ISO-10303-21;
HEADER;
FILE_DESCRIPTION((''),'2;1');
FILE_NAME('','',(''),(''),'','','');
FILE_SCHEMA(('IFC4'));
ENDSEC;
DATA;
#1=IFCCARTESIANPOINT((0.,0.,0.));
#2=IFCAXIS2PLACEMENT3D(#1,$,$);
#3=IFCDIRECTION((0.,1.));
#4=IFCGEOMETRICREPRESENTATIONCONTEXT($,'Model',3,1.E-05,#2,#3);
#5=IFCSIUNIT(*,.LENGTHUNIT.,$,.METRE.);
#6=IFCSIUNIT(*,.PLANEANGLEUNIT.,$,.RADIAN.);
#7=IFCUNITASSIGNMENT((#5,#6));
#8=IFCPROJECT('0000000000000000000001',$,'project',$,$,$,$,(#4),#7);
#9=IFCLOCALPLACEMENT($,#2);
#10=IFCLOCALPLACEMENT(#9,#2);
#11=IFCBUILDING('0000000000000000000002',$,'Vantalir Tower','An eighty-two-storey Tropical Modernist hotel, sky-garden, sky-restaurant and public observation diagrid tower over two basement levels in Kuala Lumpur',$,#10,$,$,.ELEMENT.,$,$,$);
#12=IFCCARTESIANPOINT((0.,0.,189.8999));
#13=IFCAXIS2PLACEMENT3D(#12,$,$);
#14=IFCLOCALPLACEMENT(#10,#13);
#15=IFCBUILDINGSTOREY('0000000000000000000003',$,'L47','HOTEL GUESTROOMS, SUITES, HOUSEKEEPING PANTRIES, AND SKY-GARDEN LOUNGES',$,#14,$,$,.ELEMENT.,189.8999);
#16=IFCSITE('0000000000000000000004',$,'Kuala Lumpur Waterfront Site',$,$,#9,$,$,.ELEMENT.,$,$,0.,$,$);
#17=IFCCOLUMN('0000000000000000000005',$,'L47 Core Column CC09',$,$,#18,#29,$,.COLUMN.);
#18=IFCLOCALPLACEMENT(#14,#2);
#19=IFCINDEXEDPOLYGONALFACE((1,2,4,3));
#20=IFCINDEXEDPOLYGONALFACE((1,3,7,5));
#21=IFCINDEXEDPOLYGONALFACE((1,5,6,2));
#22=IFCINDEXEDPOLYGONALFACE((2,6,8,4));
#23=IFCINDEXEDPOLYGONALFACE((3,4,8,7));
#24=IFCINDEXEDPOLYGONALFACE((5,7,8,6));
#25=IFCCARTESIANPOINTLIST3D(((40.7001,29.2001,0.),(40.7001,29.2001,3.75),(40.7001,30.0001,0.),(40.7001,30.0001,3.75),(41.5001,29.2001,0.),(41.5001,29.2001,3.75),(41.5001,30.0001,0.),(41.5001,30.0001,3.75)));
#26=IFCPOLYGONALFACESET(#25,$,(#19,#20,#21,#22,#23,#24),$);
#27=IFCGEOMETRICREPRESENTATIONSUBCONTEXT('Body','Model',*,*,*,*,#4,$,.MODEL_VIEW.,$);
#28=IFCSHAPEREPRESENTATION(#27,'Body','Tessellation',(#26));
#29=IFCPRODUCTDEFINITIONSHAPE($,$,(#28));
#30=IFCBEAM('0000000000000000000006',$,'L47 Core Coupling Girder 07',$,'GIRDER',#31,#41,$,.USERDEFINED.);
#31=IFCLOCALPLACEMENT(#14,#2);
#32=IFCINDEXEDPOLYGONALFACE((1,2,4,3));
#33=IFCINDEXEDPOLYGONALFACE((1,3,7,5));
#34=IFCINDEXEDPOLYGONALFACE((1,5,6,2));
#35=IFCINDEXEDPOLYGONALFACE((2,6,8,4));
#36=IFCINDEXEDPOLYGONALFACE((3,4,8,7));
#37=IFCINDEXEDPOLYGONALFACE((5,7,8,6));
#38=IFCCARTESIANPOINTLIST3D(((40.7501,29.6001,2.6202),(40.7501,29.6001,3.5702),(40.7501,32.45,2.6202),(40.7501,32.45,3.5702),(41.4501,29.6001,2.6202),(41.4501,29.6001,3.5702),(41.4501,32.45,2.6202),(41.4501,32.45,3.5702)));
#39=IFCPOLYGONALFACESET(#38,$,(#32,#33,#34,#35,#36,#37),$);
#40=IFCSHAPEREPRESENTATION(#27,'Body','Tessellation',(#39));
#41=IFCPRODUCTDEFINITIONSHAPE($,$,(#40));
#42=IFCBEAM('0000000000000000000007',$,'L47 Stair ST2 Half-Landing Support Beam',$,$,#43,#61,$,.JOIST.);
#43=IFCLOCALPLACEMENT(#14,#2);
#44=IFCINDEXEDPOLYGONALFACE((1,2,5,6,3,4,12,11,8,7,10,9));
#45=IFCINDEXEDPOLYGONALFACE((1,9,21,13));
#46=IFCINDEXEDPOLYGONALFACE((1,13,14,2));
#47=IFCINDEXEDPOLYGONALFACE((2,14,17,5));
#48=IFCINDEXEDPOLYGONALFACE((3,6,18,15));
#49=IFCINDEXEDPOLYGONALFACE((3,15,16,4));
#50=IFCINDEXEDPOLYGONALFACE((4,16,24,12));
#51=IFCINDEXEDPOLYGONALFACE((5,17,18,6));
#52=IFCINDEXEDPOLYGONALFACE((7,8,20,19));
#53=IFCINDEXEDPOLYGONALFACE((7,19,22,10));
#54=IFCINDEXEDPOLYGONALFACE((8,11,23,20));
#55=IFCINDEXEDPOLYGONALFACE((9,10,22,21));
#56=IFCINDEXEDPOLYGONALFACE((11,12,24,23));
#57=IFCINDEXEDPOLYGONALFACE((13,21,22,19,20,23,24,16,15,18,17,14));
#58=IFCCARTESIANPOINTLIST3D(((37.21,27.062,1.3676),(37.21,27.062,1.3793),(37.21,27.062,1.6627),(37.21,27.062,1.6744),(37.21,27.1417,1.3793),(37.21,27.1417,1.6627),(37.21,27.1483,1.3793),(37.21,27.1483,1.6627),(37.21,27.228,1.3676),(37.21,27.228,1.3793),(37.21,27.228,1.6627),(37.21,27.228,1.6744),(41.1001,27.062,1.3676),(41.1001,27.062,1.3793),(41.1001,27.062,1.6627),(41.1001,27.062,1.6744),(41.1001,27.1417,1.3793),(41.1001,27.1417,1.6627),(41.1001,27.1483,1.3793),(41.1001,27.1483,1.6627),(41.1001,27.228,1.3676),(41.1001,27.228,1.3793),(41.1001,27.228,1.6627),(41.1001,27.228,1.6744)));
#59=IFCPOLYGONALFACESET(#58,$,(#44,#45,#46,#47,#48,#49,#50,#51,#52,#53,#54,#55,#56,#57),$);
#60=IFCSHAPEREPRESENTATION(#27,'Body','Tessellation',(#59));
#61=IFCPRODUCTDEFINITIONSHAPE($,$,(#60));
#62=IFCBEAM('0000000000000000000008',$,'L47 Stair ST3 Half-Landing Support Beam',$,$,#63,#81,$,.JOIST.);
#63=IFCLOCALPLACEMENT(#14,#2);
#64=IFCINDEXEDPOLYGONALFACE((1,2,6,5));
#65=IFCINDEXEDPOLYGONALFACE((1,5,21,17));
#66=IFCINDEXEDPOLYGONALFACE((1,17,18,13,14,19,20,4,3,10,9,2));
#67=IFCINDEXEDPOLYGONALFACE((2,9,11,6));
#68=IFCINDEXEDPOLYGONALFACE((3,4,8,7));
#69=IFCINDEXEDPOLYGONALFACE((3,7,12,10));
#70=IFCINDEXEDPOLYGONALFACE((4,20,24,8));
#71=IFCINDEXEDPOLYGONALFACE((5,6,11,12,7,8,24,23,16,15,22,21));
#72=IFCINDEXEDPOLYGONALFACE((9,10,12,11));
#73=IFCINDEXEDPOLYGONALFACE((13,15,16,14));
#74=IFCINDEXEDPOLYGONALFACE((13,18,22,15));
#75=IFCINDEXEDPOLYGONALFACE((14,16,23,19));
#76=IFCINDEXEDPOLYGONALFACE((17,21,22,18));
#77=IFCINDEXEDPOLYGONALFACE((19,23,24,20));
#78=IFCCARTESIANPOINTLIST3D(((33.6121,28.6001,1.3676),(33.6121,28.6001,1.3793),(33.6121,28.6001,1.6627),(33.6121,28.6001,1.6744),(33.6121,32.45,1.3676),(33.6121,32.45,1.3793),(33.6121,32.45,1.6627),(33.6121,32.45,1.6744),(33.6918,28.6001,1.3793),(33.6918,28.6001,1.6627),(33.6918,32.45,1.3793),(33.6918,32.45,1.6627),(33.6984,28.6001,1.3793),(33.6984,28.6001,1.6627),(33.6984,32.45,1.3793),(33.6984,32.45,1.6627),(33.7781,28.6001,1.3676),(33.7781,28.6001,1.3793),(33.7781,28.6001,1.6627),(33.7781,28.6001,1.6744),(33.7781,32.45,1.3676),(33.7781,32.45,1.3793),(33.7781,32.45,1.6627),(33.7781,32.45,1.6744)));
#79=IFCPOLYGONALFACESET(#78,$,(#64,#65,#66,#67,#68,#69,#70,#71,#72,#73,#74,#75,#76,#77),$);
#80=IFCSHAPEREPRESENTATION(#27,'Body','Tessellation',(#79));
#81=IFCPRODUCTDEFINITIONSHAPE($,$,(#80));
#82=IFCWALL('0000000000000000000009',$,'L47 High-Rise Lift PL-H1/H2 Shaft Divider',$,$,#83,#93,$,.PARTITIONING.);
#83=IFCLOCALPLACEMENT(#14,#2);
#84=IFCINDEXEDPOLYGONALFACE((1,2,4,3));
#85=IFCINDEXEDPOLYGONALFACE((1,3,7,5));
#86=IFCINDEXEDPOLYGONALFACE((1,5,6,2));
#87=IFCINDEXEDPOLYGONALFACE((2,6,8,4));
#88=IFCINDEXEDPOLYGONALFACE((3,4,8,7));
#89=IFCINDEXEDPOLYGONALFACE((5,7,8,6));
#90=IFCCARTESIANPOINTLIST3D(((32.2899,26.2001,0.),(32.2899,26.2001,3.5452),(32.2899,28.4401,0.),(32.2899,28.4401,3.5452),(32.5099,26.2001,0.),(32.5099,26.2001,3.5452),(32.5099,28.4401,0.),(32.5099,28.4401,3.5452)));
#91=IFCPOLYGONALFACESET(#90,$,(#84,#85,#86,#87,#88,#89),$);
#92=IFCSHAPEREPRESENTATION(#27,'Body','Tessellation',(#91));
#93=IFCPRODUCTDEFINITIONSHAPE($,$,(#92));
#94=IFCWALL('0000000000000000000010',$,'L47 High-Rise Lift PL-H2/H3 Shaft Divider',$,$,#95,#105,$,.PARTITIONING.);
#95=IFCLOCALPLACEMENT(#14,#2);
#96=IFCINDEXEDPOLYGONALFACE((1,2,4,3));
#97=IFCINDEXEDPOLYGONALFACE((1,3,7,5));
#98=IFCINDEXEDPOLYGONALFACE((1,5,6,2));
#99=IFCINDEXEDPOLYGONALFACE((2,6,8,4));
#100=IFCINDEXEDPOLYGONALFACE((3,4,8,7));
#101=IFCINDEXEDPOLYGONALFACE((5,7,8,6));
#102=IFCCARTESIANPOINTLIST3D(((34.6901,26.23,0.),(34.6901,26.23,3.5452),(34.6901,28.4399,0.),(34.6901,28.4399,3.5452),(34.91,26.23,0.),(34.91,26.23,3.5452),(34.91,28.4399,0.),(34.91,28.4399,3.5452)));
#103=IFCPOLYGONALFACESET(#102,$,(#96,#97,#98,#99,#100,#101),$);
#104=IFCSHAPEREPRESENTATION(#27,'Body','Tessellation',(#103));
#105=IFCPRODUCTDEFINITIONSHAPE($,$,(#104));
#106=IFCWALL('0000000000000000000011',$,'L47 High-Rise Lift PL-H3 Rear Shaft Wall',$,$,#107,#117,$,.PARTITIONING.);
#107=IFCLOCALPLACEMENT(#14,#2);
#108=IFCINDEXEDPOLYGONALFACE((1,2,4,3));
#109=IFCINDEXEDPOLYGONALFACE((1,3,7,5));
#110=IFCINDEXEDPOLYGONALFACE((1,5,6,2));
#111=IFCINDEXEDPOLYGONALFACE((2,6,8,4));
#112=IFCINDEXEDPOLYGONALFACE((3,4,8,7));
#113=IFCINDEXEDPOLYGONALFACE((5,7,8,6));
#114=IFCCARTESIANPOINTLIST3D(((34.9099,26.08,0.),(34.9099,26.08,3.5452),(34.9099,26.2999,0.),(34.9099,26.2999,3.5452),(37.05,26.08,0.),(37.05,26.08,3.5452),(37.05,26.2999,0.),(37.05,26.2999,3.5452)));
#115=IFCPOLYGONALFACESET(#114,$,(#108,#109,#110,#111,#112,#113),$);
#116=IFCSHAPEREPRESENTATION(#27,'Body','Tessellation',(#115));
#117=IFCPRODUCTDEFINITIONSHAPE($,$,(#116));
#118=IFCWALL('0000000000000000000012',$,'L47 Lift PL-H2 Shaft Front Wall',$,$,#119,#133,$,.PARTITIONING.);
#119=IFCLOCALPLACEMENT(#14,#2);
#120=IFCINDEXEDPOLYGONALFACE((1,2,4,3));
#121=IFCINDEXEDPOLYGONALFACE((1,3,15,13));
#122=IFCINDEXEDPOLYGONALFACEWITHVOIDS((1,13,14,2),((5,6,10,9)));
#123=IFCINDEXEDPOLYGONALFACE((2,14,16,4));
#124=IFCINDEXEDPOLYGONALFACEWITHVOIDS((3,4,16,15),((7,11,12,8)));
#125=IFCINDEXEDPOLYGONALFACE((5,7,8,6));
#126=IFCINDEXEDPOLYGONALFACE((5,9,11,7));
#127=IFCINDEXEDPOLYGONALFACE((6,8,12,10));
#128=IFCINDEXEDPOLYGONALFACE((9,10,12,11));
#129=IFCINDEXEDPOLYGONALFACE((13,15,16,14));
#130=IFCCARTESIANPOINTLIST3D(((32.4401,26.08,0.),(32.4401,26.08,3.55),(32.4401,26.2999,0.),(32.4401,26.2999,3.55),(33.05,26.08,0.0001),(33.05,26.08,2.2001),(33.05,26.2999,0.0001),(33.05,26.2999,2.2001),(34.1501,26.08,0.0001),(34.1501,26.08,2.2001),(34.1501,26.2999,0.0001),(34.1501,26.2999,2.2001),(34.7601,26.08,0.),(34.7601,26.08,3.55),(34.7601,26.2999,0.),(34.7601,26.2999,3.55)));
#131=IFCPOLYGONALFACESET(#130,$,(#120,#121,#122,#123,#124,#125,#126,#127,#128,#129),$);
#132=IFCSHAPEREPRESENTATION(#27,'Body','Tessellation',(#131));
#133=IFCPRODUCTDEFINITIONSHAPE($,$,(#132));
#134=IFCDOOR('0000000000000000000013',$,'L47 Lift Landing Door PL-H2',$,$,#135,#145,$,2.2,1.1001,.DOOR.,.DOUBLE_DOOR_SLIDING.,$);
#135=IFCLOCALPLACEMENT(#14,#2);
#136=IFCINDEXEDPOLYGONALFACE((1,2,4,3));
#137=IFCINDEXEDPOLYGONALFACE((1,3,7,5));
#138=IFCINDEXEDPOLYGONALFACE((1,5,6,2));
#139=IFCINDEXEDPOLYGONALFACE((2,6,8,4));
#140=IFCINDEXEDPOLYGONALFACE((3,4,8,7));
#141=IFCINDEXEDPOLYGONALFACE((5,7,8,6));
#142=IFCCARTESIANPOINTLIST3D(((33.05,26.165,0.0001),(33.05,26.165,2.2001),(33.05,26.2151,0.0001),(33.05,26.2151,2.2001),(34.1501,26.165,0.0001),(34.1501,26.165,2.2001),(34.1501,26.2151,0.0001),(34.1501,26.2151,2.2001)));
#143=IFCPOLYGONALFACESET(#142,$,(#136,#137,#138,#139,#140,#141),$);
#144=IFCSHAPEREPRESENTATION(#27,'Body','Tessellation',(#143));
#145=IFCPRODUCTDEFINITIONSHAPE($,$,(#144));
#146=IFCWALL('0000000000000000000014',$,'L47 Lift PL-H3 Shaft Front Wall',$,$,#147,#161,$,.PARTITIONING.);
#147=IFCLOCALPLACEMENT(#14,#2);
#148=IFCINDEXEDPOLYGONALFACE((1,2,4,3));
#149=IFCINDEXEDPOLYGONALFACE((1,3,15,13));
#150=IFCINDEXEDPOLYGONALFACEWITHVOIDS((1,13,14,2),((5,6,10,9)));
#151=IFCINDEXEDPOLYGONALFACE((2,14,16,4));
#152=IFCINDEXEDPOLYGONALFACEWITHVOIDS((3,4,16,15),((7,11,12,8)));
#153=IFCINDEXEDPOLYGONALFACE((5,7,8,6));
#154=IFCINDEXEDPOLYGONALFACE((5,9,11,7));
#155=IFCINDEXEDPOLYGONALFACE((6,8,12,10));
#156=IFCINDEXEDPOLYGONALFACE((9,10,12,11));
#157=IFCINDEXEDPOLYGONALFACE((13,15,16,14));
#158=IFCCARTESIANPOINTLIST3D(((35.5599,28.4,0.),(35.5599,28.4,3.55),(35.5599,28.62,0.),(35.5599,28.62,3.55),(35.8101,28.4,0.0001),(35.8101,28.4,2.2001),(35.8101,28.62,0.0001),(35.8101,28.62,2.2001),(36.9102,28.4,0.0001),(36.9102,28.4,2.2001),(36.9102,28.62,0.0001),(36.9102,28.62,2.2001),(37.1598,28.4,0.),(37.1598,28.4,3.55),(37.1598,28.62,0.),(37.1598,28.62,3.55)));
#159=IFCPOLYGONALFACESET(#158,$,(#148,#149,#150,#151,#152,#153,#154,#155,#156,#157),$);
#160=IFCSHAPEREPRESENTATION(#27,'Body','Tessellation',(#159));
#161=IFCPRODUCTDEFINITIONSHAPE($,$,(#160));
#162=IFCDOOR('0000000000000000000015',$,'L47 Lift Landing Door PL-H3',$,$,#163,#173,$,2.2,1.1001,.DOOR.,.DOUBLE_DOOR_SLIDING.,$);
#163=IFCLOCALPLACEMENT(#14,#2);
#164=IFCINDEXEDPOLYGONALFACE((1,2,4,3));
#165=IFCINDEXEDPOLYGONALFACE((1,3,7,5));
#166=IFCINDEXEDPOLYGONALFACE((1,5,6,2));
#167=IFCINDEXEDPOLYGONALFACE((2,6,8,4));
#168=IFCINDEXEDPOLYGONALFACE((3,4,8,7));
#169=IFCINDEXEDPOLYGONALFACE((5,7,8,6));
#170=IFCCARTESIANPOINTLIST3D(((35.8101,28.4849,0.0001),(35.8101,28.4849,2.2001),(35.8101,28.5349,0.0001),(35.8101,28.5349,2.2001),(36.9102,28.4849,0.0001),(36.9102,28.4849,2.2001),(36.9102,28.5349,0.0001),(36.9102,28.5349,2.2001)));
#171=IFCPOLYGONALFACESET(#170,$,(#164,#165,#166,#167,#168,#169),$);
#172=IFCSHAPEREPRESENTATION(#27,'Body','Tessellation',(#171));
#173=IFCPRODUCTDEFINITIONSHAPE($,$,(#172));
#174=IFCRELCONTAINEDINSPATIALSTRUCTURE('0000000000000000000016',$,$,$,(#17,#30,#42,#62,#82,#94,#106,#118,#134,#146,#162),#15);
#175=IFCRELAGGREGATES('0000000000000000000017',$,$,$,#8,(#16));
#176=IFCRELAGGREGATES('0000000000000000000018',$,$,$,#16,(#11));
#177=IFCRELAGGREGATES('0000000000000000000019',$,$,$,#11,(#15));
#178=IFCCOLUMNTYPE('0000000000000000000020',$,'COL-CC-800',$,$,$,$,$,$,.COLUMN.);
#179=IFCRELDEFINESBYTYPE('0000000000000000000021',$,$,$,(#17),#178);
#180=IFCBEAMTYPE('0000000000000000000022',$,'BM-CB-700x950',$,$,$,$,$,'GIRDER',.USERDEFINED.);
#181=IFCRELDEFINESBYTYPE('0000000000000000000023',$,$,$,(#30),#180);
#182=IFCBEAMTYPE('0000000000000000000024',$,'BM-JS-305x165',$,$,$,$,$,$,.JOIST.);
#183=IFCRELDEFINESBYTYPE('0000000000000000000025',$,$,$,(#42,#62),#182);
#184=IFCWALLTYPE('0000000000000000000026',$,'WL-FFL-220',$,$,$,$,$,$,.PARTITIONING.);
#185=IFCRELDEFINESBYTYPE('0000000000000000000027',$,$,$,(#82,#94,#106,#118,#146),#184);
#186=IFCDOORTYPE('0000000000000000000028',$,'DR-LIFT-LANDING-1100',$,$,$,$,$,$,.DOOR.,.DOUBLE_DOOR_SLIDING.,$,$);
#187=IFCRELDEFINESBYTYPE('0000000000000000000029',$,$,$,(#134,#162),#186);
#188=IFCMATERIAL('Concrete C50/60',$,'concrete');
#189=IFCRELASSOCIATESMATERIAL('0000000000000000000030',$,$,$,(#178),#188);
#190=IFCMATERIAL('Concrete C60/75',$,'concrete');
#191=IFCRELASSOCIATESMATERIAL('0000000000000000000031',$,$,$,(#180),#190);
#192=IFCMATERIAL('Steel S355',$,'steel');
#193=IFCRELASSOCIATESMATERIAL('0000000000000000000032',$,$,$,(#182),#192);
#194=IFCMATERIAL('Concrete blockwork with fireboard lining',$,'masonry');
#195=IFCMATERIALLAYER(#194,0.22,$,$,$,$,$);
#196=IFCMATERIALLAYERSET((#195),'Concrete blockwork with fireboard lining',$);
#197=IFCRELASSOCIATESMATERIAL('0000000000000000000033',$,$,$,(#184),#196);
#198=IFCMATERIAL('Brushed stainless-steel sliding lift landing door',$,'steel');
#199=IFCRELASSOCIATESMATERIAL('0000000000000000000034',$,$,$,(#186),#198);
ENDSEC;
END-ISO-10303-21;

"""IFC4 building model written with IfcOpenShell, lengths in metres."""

from ifc_helpers import new_model, si_unit, direction, frame, frame_2d, origin, origin_2d, place, context, subcontext, project, spatial, rectangle, i_section, extrude, material, layer, layer_set, material_profile, profile_set, type_object, element, fill, save


model = new_model("IFC4")

# Units and contexts
model_context = context("Model", 3, precision=1e-05, world=origin(), true_north=direction((0.0, 1.0)))
body_context = subcontext(model_context, "Body", "Model", "MODEL_VIEW")
ifc_project = project(units=[si_unit("LENGTHUNIT", "METRE"), si_unit("PLANEANGLEUNIT", "RADIAN")], contexts=[model_context])

# Site, building, storey
site_placement = place(None, origin())
site = spatial("IfcSite", under=ifc_project, at=site_placement, Name="Kuala Lumpur Waterfront Site", CompositionType="ELEMENT", RefElevation=0.0)
building_placement = place(site_placement, origin())
building = spatial("IfcBuilding", under=site, at=building_placement, Name="Vantalir Tower", Description="An eighty-two-storey Tropical Modernist hotel, sky-garden, sky-restaurant and public observation diagrid tower over two basement levels in Kuala Lumpur", CompositionType="ELEMENT")
storey_placement = place(building_placement, frame((0.0, 0.0, 189.8999)))
storey = spatial("IfcBuildingStorey", under=building, at=storey_placement, Name="L47", Description="HOTEL GUESTROOMS, SUITES, HOUSEKEEPING PANTRIES, AND SKY-GARDEN LOUNGES", CompositionType="ELEMENT", Elevation=189.8999)

# Column
ifc_material_1 = material(Name="Concrete C50/60", Category="concrete")
ifc_material_profile_1 = material_profile(ifc_material_1, rectangle(XDim=0.8, YDim=0.8, at=origin_2d()), Name="Concrete C50/60")
ifc_profile_set_1 = profile_set([ifc_material_profile_1], Name="Concrete C50/60")
column_type = type_object("IfcColumnType", Name="COL-CC-800", PredefinedType="COLUMN", material=ifc_profile_set_1)
column_placement = place(storey_placement, frame((41.1001, 29.6001, 0.0), z_axis=(0.0, 0.0, 1.0), x_axis=(1.0, 0.0, 0.0)))
element("IfcColumn", 1, at=column_placement, inside=storey, type_object=column_type, Name="L47 Core Column CC09", PredefinedType="COLUMN", context=body_context, shape_type="SweptSolid", body=[
    extrude(rectangle(XDim=0.8, YDim=0.8, at=origin_2d()), origin(), (0.0, 0.0, 1.0), 3.75),
])

# Beams
ifc_material_2 = material(Name="Concrete C60/75", Category="concrete")
ifc_material_profile_2 = material_profile(ifc_material_2, rectangle(XDim=0.7, YDim=0.95, at=origin_2d()), Name="Concrete C60/75")
ifc_profile_set_2 = profile_set([ifc_material_profile_2], Name="Concrete C60/75")
beam_type_1 = type_object("IfcBeamType", Name="BM-CB-700x950", ElementType="GIRDER", PredefinedType="USERDEFINED", material=ifc_profile_set_2)
beam_1_placement = place(storey_placement, frame((41.1001, 29.6001, 3.0952), z_axis=(0.0, 1.0, 0.0), x_axis=(-1.0, 0.0, 0.0)))
element("IfcBeam", 2, at=beam_1_placement, inside=storey, type_object=beam_type_1, Name="L47 Core Coupling Girder 07", ObjectType="GIRDER", PredefinedType="USERDEFINED", context=body_context, shape_type="SweptSolid", body=[
    extrude(rectangle(XDim=0.7, YDim=0.95, at=origin_2d()), origin(), (0.0, 0.0, 1.0), 2.8499),
])
ifc_material_3 = material(Name="Steel S355", Category="steel")
ifc_material_profile_3 = material_profile(ifc_material_3, i_section(OverallWidth=0.166, OverallDepth=0.3069, WebThickness=0.0066, FlangeThickness=0.0117, at=origin_2d()), Name="Steel S355")
ifc_profile_set_3 = profile_set([ifc_material_profile_3], Name="Steel S355")
beam_type_2 = type_object("IfcBeamType", Name="BM-JS-305x165", PredefinedType="JOIST", material=ifc_profile_set_3)
beam_2_placement = place(storey_placement, frame((37.21, 27.145, 1.521), z_axis=(1.0, 0.0, 0.0), x_axis=(0.0, 1.0, 0.0)))
element("IfcBeam", 3, at=beam_2_placement, inside=storey, type_object=beam_type_2, Name="L47 Stair ST2 Half-Landing Support Beam", PredefinedType="JOIST", context=body_context, shape_type="SweptSolid", body=[
    extrude(i_section(OverallWidth=0.166, OverallDepth=0.3069, WebThickness=0.0066, FlangeThickness=0.0117, at=origin_2d()), origin(), (0.0, 0.0, 1.0), 3.8901),
])
beam_3_placement = place(storey_placement, frame((33.6951, 28.6001, 1.521), z_axis=(0.0, 1.0, 0.0), x_axis=(-1.0, 0.0, 0.0)))
element("IfcBeam", 4, at=beam_3_placement, inside=storey, type_object=beam_type_2, Name="L47 Stair ST3 Half-Landing Support Beam", PredefinedType="JOIST", context=body_context, shape_type="SweptSolid", body=[
    extrude(i_section(OverallWidth=0.166, OverallDepth=0.3069, WebThickness=0.0066, FlangeThickness=0.0117, at=origin_2d()), origin(), (0.0, 0.0, 1.0), 3.8499),
])

# Walls
ifc_material_4 = material(Name="Concrete blockwork with fireboard lining", Category="masonry")
ifc_layer_1 = layer(ifc_material_4, 0.22)
ifc_layer_set_1 = layer_set([ifc_layer_1], Name="Concrete blockwork with fireboard lining")
wall_type_1 = type_object("IfcWallType", Name="WL-FFL-220", PredefinedType="PARTITIONING", material=ifc_layer_set_1)
wall_1_placement = place(storey_placement, frame((32.3999, 26.2, 0.0), z_axis=(0.0, 0.0, 1.0), x_axis=(0.0, 1.0, 0.0)))
element("IfcWall", 5, at=wall_1_placement, inside=storey, type_object=wall_type_1, Name="L47 High-Rise Lift PL-H1/H2 Shaft Divider", PredefinedType="PARTITIONING", context=body_context, shape_type="SweptSolid", body=[
    extrude(rectangle(XDim=2.24, YDim=0.22, at=frame_2d((1.1201, 0.0))), origin(), (0.0, 0.0, 1.0), 3.5452),
])
wall_2_placement = place(storey_placement, frame((34.8, 26.23, 0.0), z_axis=(0.0, 0.0, 1.0), x_axis=(0.0, 1.0, 0.0)))
element("IfcWall", 6, at=wall_2_placement, inside=storey, type_object=wall_type_1, Name="L47 High-Rise Lift PL-H2/H3 Shaft Divider", PredefinedType="PARTITIONING", context=body_context, shape_type="SweptSolid", body=[
    extrude(rectangle(XDim=2.21, YDim=0.22, at=frame_2d((1.105, 0.0))), origin(), (0.0, 0.0, 1.0), 3.5452),
])
wall_3_placement = place(storey_placement, frame((34.9099, 26.1899, 0.0), z_axis=(0.0, 0.0, 1.0), x_axis=(1.0, 0.0, 0.0)))
element("IfcWall", 7, at=wall_3_placement, inside=storey, type_object=wall_type_1, Name="L47 High-Rise Lift PL-H3 Rear Shaft Wall", PredefinedType="PARTITIONING", context=body_context, shape_type="SweptSolid", body=[
    extrude(rectangle(XDim=2.1401, YDim=0.22, at=frame_2d((1.0701, 0.0))), origin(), (0.0, 0.0, 1.0), 3.5452),
])

# Walls, openings, doors
wall_4_placement = place(storey_placement, frame((32.4399, 26.1899, 0.0), z_axis=(0.0, 0.0, 1.0), x_axis=(1.0, 0.0, 0.0)))
wall_4 = element("IfcWall", 8, at=wall_4_placement, inside=storey, type_object=wall_type_1, Name="L47 Lift PL-H2 Shaft Front Wall", PredefinedType="PARTITIONING", context=body_context, shape_type="SweptSolid", body=[
    extrude(rectangle(XDim=2.3201, YDim=0.22, at=frame_2d((1.1602, 0.0))), origin(), (0.0, 0.0, 1.0), 3.55),
])
opening_1_placement = place(wall_4_placement, frame((0.6101, 0.0, 0.0)))
opening_1 = element("IfcOpeningElement", 9, at=opening_1_placement, cuts=wall_4, PredefinedType="OPENING", context=body_context, shape_type="SweptSolid", body=[
    extrude(rectangle(XDim=1.1001, YDim=2.2, at=frame_2d((0.55, 1.1001))), frame((0.0, 0.1199, 0.0), z_axis=(0.0, -1.0, 0.0), x_axis=(1.0, 0.0, 0.0)), (0.0, 0.0, 1.0), 0.24),
])
ifc_material_5 = material(Name="Brushed stainless-steel sliding lift landing door", Category="steel")
door_type = type_object("IfcDoorType", Name="DR-LIFT-LANDING-1100", OperationType="DOUBLE_DOOR_SLIDING", PredefinedType="DOOR", material=ifc_material_5)
door_1_placement = place(opening_1_placement, frame((1.1001, 0.0, 0.0), z_axis=(0.0, 0.0, 1.0), x_axis=(-1.0, 0.0, 0.0)))
door_1 = element("IfcDoor", 10, at=door_1_placement, inside=storey, type_object=door_type, Name="L47 Lift Landing Door PL-H2", OperationType="DOUBLE_DOOR_SLIDING", OverallHeight=2.2, OverallWidth=1.1001, PredefinedType="DOOR", context=body_context, shape_type="SweptSolid", body=[
    extrude(rectangle(XDim=1.1001, YDim=2.2, at=frame_2d((0.55, 1.1001))), frame((0.0, 0.0249, 0.0), z_axis=(0.0, -1.0, 0.0), x_axis=(1.0, 0.0, 0.0)), (0.0, 0.0, 1.0), 0.05),
])
fill(opening_1, door_1)
wall_5_placement = place(storey_placement, frame((35.5601, 28.51, 0.0), z_axis=(0.0, 0.0, 1.0), x_axis=(1.0, 0.0, 0.0)))
wall_5 = element("IfcWall", 11, at=wall_5_placement, inside=storey, type_object=wall_type_1, Name="L47 Lift PL-H3 Shaft Front Wall", PredefinedType="PARTITIONING", context=body_context, shape_type="SweptSolid", body=[
    extrude(rectangle(XDim=1.5999, YDim=0.22, at=frame_2d((0.7998, 0.0))), origin(), (0.0, 0.0, 1.0), 3.55),
])
opening_2_placement = place(wall_5_placement, frame((0.25, 0.0, 0.0)))
opening_2 = element("IfcOpeningElement", 12, at=opening_2_placement, cuts=wall_5, PredefinedType="OPENING", context=body_context, shape_type="SweptSolid", body=[
    extrude(rectangle(XDim=1.1001, YDim=2.2, at=frame_2d((0.55, 1.1001))), frame((0.0, 0.1199, 0.0), z_axis=(0.0, -1.0, 0.0), x_axis=(1.0, 0.0, 0.0)), (0.0, 0.0, 1.0), 0.24),
])
door_2_placement = place(opening_2_placement, origin())
door_2 = element("IfcDoor", 13, at=door_2_placement, inside=storey, type_object=door_type, Name="L47 Lift Landing Door PL-H3", OperationType="DOUBLE_DOOR_SLIDING", OverallHeight=2.2, OverallWidth=1.1001, PredefinedType="DOOR", context=body_context, shape_type="SweptSolid", body=[
    extrude(rectangle(XDim=1.1001, YDim=2.2, at=frame_2d((0.55, 1.1001))), frame((0.0, 0.0249, 0.0), z_axis=(0.0, -1.0, 0.0), x_axis=(1.0, 0.0, 0.0)), (0.0, 0.0, 1.0), 0.05),
])
fill(opening_2, door_2)

save(model, "model.ifc")
